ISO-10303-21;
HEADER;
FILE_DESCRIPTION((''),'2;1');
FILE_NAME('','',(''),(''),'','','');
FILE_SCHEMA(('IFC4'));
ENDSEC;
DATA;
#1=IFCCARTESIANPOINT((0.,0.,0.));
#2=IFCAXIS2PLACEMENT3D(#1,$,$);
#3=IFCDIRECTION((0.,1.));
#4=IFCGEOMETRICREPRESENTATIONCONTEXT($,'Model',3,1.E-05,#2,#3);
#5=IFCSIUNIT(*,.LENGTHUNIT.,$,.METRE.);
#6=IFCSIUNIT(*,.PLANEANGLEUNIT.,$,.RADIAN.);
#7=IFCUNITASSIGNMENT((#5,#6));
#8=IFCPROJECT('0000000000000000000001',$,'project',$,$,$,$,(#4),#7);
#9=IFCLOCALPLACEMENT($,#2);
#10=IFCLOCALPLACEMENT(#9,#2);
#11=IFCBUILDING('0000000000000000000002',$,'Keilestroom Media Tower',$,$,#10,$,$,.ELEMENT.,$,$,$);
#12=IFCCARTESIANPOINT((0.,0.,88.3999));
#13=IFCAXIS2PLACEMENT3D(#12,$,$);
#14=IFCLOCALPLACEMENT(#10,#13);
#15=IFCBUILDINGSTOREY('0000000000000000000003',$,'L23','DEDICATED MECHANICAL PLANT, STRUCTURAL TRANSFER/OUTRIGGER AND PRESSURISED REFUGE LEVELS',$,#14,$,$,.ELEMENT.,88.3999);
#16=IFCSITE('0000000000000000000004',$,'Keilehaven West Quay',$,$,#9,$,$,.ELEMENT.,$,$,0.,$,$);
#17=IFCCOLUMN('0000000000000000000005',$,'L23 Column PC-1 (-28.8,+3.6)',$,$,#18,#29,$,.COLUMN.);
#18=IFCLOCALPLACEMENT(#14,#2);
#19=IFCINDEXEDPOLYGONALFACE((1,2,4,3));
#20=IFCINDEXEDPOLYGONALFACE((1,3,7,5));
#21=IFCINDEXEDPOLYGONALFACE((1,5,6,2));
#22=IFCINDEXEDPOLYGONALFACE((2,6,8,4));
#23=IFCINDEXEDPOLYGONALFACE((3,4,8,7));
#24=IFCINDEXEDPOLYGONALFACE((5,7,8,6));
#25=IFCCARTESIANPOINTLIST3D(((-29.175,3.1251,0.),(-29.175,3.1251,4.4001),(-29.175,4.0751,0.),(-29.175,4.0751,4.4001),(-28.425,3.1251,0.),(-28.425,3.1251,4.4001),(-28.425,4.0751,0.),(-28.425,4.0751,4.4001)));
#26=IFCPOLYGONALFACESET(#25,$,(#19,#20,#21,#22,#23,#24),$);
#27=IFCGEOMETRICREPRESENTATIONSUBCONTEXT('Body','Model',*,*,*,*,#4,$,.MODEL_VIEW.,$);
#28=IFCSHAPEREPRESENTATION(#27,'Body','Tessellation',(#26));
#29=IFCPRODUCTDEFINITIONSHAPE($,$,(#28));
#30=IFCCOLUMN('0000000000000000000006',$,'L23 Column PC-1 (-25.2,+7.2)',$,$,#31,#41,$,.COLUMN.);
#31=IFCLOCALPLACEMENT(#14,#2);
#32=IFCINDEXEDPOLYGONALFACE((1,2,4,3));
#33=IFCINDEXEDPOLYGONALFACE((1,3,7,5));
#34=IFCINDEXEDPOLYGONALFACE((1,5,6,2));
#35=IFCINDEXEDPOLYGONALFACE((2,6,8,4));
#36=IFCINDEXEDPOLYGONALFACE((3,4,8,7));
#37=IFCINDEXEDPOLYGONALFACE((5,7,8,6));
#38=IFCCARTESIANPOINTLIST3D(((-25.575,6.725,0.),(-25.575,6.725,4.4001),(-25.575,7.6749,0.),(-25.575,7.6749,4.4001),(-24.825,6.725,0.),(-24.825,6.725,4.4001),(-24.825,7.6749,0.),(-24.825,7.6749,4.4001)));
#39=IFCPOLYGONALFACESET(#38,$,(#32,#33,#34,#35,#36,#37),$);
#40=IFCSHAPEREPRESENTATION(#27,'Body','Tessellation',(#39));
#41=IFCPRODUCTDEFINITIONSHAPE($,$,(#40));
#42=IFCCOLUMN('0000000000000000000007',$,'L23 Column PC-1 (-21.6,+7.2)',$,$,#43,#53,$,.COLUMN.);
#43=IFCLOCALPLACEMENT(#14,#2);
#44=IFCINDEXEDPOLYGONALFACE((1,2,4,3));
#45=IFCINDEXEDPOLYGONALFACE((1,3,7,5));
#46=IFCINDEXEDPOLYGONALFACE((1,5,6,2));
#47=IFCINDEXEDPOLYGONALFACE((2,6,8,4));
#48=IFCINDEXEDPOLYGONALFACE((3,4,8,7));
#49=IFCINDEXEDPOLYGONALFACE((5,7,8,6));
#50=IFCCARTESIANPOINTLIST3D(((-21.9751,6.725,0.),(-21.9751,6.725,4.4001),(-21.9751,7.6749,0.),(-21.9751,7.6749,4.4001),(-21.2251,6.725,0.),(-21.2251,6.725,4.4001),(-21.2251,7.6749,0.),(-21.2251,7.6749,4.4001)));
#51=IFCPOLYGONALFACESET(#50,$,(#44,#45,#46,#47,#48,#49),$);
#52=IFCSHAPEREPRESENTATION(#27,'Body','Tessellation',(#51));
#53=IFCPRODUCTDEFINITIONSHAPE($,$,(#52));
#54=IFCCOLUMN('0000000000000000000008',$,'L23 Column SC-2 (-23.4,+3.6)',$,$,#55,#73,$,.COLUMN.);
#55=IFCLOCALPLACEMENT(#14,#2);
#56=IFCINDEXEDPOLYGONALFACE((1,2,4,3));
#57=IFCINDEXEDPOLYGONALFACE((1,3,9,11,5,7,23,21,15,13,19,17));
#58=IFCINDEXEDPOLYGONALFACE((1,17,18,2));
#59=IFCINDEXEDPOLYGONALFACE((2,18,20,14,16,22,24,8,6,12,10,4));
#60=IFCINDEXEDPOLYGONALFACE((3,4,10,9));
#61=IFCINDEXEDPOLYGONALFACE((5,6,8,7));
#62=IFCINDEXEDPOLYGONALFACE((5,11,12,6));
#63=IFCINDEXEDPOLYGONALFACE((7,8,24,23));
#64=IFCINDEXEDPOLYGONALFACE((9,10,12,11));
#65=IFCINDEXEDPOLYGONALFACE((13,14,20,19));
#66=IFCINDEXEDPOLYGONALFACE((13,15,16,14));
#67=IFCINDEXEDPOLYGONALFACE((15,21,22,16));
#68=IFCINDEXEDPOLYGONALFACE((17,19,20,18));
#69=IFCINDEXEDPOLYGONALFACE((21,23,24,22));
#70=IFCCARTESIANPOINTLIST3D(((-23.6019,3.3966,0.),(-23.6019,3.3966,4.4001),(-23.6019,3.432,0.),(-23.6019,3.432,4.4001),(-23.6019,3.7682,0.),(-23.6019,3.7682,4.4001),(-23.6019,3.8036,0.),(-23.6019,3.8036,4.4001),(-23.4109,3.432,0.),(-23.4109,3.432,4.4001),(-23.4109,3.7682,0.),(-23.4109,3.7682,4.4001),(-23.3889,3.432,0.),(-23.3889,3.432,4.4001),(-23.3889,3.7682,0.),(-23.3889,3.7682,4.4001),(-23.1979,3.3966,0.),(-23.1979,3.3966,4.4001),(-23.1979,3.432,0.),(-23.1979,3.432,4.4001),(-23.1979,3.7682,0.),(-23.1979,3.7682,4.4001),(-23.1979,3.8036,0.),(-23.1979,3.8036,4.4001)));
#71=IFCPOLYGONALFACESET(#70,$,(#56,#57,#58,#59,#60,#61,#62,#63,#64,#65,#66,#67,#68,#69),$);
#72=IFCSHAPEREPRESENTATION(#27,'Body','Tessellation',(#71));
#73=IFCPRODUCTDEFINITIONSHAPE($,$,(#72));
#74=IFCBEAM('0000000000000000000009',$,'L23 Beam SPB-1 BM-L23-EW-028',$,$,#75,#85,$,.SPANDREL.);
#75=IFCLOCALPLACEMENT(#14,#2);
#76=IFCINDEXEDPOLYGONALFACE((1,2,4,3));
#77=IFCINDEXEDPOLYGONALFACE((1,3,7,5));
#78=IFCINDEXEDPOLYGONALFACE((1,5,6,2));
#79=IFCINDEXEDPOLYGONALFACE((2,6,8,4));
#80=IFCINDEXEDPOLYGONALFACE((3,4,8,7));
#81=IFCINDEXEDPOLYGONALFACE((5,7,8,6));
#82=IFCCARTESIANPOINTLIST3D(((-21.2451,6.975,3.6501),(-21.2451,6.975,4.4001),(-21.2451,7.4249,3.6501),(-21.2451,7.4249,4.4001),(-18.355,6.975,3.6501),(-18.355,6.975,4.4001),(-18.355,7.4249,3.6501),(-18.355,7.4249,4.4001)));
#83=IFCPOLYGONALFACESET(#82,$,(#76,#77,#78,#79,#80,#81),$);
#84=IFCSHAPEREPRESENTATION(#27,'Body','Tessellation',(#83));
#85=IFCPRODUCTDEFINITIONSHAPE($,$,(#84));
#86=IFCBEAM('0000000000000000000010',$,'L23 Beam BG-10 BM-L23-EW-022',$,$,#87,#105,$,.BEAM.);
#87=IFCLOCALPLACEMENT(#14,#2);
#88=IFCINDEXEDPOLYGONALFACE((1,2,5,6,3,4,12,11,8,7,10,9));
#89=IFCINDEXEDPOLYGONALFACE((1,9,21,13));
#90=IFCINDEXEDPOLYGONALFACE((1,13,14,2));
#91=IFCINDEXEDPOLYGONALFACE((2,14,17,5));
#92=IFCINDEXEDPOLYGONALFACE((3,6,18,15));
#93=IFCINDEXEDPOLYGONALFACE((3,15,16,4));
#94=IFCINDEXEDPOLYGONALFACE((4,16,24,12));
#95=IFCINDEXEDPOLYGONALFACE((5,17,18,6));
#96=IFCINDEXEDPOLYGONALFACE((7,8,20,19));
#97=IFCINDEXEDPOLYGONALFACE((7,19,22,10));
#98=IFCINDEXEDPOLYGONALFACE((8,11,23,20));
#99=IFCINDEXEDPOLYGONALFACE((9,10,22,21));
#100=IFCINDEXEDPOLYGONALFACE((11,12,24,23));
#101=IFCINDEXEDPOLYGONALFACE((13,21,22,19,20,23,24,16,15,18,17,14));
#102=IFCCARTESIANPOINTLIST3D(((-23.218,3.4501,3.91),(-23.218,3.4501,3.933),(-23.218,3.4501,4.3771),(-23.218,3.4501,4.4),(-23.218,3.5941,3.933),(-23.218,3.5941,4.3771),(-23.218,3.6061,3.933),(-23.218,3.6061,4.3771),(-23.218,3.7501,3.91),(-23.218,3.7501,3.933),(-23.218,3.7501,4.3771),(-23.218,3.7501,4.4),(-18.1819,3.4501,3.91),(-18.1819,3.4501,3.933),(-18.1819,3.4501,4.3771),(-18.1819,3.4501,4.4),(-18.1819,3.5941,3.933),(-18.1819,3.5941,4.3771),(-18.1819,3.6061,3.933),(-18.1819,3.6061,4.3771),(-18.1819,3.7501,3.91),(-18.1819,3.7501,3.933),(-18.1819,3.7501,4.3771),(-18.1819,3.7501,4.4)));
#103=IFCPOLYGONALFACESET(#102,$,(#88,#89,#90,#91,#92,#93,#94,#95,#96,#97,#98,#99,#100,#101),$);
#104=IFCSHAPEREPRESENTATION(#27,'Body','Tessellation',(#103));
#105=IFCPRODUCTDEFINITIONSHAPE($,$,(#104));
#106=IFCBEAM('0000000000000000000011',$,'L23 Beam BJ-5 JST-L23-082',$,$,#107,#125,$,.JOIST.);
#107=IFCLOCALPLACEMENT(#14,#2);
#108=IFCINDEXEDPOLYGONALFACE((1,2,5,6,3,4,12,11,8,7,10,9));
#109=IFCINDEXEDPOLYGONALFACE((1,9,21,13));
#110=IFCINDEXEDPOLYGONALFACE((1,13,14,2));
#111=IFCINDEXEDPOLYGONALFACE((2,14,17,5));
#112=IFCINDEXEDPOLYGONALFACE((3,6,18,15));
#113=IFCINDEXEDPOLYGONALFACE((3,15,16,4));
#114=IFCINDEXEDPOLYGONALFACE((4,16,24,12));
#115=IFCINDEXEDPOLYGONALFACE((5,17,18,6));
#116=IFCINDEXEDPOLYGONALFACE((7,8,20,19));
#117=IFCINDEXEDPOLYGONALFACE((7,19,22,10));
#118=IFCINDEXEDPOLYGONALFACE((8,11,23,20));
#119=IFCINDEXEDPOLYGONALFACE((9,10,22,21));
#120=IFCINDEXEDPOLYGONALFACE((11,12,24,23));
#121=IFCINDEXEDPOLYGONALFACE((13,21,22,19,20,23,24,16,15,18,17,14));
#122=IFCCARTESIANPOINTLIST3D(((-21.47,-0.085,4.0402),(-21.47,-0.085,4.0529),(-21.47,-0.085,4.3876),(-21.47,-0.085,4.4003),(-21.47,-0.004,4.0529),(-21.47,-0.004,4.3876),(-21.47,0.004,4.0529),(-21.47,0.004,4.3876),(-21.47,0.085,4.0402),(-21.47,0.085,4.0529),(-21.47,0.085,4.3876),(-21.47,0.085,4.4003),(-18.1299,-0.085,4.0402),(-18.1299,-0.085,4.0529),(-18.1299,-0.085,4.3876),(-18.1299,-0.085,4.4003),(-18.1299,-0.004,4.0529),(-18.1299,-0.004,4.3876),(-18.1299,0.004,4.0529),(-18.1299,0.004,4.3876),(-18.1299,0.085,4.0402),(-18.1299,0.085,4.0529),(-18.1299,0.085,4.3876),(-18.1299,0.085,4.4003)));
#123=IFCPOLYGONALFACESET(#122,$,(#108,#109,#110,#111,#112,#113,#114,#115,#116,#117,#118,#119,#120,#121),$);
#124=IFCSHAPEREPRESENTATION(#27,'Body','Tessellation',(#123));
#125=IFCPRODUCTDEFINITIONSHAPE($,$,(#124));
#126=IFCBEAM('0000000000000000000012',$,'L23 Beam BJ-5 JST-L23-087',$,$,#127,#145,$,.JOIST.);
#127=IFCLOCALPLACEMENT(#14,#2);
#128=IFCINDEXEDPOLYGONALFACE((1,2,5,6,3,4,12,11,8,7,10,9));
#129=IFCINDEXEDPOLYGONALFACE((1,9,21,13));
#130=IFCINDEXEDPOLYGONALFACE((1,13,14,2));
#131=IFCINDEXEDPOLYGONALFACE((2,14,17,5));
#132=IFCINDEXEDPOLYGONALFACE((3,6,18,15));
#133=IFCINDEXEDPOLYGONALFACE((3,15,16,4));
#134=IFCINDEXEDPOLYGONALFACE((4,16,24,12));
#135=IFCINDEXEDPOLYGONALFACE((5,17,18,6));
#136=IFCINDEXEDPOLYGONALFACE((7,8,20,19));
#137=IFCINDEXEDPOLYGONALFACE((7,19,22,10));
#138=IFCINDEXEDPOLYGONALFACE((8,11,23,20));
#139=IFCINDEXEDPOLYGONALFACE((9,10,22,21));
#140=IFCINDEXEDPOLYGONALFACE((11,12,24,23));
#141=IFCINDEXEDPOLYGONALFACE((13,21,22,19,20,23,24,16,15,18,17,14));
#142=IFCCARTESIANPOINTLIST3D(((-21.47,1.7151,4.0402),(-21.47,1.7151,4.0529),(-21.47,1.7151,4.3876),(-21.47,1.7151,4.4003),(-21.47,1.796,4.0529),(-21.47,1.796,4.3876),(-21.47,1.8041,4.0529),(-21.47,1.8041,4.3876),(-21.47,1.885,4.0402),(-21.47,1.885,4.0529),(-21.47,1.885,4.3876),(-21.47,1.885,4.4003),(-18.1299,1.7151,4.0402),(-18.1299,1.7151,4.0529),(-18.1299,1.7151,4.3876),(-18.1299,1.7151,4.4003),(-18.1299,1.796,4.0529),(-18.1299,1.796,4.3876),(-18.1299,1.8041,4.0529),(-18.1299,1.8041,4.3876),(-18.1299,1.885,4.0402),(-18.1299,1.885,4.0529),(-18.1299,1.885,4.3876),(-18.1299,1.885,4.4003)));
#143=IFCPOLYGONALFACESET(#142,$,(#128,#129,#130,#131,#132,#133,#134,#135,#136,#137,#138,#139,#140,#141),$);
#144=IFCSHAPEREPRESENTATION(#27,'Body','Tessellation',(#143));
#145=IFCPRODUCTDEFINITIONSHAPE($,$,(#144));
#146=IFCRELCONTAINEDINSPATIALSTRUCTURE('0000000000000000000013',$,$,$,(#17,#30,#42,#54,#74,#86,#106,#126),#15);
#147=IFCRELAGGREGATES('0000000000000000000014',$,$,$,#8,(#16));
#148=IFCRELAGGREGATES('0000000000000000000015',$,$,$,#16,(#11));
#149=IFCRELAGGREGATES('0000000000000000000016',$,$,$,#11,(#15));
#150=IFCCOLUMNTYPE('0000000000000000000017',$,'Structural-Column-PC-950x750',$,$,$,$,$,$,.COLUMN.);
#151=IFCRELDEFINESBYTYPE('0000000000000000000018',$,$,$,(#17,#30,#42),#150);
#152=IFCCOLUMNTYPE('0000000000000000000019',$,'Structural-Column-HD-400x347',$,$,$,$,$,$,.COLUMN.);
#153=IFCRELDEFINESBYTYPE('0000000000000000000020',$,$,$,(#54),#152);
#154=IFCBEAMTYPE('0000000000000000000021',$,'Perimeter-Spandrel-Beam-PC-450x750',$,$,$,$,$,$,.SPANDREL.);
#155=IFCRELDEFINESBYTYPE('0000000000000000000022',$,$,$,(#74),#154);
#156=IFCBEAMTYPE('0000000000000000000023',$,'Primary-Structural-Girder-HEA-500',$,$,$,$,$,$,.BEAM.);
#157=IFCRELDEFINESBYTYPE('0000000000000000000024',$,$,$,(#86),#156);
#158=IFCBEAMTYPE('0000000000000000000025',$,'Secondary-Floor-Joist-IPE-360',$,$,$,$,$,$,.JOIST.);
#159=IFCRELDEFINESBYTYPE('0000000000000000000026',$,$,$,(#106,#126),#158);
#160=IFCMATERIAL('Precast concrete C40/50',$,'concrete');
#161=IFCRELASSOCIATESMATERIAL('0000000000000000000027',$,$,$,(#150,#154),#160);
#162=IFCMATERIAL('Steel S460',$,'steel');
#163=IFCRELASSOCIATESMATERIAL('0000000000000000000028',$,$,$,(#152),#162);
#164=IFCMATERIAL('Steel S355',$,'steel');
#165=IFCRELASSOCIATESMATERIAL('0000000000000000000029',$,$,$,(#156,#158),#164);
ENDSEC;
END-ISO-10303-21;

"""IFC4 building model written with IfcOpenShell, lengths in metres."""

from ifc_helpers import new_model, si_unit, direction, frame, origin, origin_2d, place, context, subcontext, project, spatial, rectangle, i_section, extrude, source, transform, mapped, material, material_profile, profile_set, type_object, element, save


model = new_model("IFC4")

# Units and contexts
model_context = context("Model", 3, precision=1e-05, world=origin(), true_north=direction((0.0, 1.0)))
body_context = subcontext(model_context, "Body", "Model", "MODEL_VIEW")
ifc_project = project(units=[si_unit("LENGTHUNIT", "METRE"), si_unit("PLANEANGLEUNIT", "RADIAN")], contexts=[model_context])

# Site, building, storey
site_placement = place(None, origin())
site = spatial("IfcSite", under=ifc_project, at=site_placement, Name="Keilehaven West Quay", CompositionType="ELEMENT", RefElevation=0.0)
building_placement = place(site_placement, origin())
building = spatial("IfcBuilding", under=site, at=building_placement, Name="Keilestroom Media Tower", CompositionType="ELEMENT")
storey_placement = place(building_placement, frame((0.0, 0.0, 88.3999)))
storey = spatial("IfcBuildingStorey", under=building, at=storey_placement, Name="L23", Description="DEDICATED MECHANICAL PLANT, STRUCTURAL TRANSFER/OUTRIGGER AND PRESSURISED REFUGE LEVELS", CompositionType="ELEMENT", Elevation=88.3999)

# Columns
ifc_material_1 = material(Name="Precast concrete C40/50", Category="concrete")
ifc_material_profile_1 = material_profile(ifc_material_1, rectangle(XDim=0.75, YDim=0.95, at=origin_2d()), Name="PC 950x750")
ifc_profile_set_1 = profile_set([ifc_material_profile_1], Name="Precast concrete C40/50")
column_type_1 = type_object("IfcColumnType", Name="Structural-Column-PC-950x750", PredefinedType="COLUMN", material=ifc_profile_set_1)
shared_shape_1 = source(origin(), body_context, "Body", "SweptSolid", [
    extrude(rectangle(XDim=0.75, YDim=0.95, at=origin_2d()), origin(), (0.0, 0.0, 1.0), 4.4001),
])
for number, where, z_axis, x_axis, name in (
    (1, (-28.8, 3.6001, 0.0), (0.0, 0.0, 1.0), (1.0, 0.0, 0.0), "L23 Column PC-1 (-28.8,+3.6)"),
    (2, (-25.2, 7.2, 0.0), (0.0, 0.0, 1.0), (1.0, 0.0, 0.0), "L23 Column PC-1 (-25.2,+7.2)"),
    (3, (-21.6001, 7.2, 0.0), (0.0, 0.0, 1.0), (1.0, 0.0, 0.0), "L23 Column PC-1 (-21.6,+7.2)"),
):
    element("IfcColumn", number, at=place(storey_placement, frame(where, z_axis=z_axis, x_axis=x_axis)), inside=storey, type_object=column_type_1, Name=name, PredefinedType="COLUMN", context=body_context, shape_type="MappedRepresentation", body=[
        mapped(shared_shape_1, transform((0.0, 0.0, 0.0), x_axis=(1.0, 0.0, 0.0), y_axis=(0.0, 1.0, 0.0), z_axis=(0.0, 0.0, 1.0), scale=1.0)),
    ])
ifc_material_2 = material(Name="Steel S460", Category="steel")
ifc_material_profile_2 = material_profile(ifc_material_2, i_section(OverallWidth=0.4041, OverallDepth=0.407, WebThickness=0.022, FlangeThickness=0.0354, at=origin_2d()), Name="HD 400x347")
ifc_profile_set_2 = profile_set([ifc_material_profile_2], Name="Steel S460")
column_type_2 = type_object("IfcColumnType", Name="Structural-Column-HD-400x347", PredefinedType="COLUMN", material=ifc_profile_set_2)
shared_shape_2 = source(origin(), body_context, "Body", "SweptSolid", [
    extrude(i_section(OverallWidth=0.4041, OverallDepth=0.407, WebThickness=0.022, FlangeThickness=0.0354, at=origin_2d()), origin(), (0.0, 0.0, 1.0), 4.4001),
])
column_placement = place(storey_placement, frame((-23.3999, 3.6001, 0.0), z_axis=(0.0, 0.0, 1.0), x_axis=(1.0, 0.0, 0.0)))
element("IfcColumn", 4, at=column_placement, inside=storey, type_object=column_type_2, Name="L23 Column SC-2 (-23.4,+3.6)", PredefinedType="COLUMN", context=body_context, shape_type="MappedRepresentation", body=[
    mapped(shared_shape_2, transform((0.0, 0.0, 0.0), x_axis=(1.0, 0.0, 0.0), y_axis=(0.0, 1.0, 0.0), z_axis=(0.0, 0.0, 1.0), scale=1.0)),
])

# Beams
ifc_material_profile_3 = material_profile(ifc_material_1, rectangle(XDim=0.45, YDim=0.75, at=origin_2d()), Name="PC 450x750")
ifc_profile_set_3 = profile_set([ifc_material_profile_3], Name="Precast concrete C40/50")
beam_type_1 = type_object("IfcBeamType", Name="Perimeter-Spandrel-Beam-PC-450x750", PredefinedType="SPANDREL", material=ifc_profile_set_3)
shared_shape_3 = source(origin(), body_context, "Body", "SweptSolid", [
    extrude(rectangle(XDim=0.45, YDim=0.75, at=origin_2d()), origin(), (0.0, 0.0, 1.0), 2.8901),
])
beam_1_placement = place(storey_placement, frame((-21.2451, 7.2, 4.0251), z_axis=(1.0, 0.0, 0.0), x_axis=(0.0, 1.0, 0.0)))
element("IfcBeam", 5, at=beam_1_placement, inside=storey, type_object=beam_type_1, Name="L23 Beam SPB-1 BM-L23-EW-028", PredefinedType="SPANDREL", context=body_context, shape_type="MappedRepresentation", body=[
    mapped(shared_shape_3, transform((0.0, 0.0, 0.0), x_axis=(1.0, 0.0, 0.0), y_axis=(0.0, 1.0, 0.0), z_axis=(0.0, 0.0, 1.0), scale=1.0)),
])
ifc_material_3 = material(Name="Steel S355", Category="steel")
ifc_material_profile_4 = material_profile(ifc_material_3, i_section(OverallWidth=0.3, OverallDepth=0.49, WebThickness=0.012, FlangeThickness=0.0229, at=origin_2d()), Name="HEA 500")
ifc_profile_set_4 = profile_set([ifc_material_profile_4], Name="Steel S355")
beam_type_2 = type_object("IfcBeamType", Name="Primary-Structural-Girder-HEA-500", PredefinedType="BEAM", material=ifc_profile_set_4)
shared_shape_4 = source(origin(), body_context, "Body", "SweptSolid", [
    extrude(i_section(OverallWidth=0.3, OverallDepth=0.49, WebThickness=0.012, FlangeThickness=0.0229, at=origin_2d()), origin(), (0.0, 0.0, 1.0), 5.0361),
])
beam_2_placement = place(storey_placement, frame((-23.218, 3.6001, 4.155), z_axis=(1.0, 0.0, 0.0), x_axis=(0.0, 1.0, 0.0)))
element("IfcBeam", 6, at=beam_2_placement, inside=storey, type_object=beam_type_2, Name="L23 Beam BG-10 BM-L23-EW-022", PredefinedType="BEAM", context=body_context, shape_type="MappedRepresentation", body=[
    mapped(shared_shape_4, transform((0.0, 0.0, 0.0), x_axis=(1.0, 0.0, 0.0), y_axis=(0.0, 1.0, 0.0), z_axis=(0.0, 0.0, 1.0), scale=1.0)),
])
ifc_material_profile_5 = material_profile(ifc_material_3, i_section(OverallWidth=0.1699, OverallDepth=0.3601, WebThickness=0.0081, FlangeThickness=0.0127, at=origin_2d()), Name="IPE 360")
ifc_profile_set_5 = profile_set([ifc_material_profile_5], Name="Steel S355")
beam_type_3 = type_object("IfcBeamType", Name="Secondary-Floor-Joist-IPE-360", PredefinedType="JOIST", material=ifc_profile_set_5)
shared_shape_5 = source(origin(), body_context, "Body", "SweptSolid", [
    extrude(i_section(OverallWidth=0.1699, OverallDepth=0.3601, WebThickness=0.0081, FlangeThickness=0.0127, at=origin_2d()), origin(), (0.0, 0.0, 1.0), 3.3401),
])
for number, where, z_axis, x_axis, name in (
    (7, (-21.47, 0.0, 4.2202), (1.0, 0.0, 0.0), (0.0, 1.0, 0.0), "L23 Beam BJ-5 JST-L23-082"),
    (8, (-21.47, 1.8, 4.2202), (1.0, 0.0, 0.0), (0.0, 1.0, 0.0), "L23 Beam BJ-5 JST-L23-087"),
):
    element("IfcBeam", number, at=place(storey_placement, frame(where, z_axis=z_axis, x_axis=x_axis)), inside=storey, type_object=beam_type_3, Name=name, PredefinedType="JOIST", context=body_context, shape_type="MappedRepresentation", body=[
        mapped(shared_shape_5, transform((0.0, 0.0, 0.0), x_axis=(1.0, 0.0, 0.0), y_axis=(0.0, 1.0, 0.0), z_axis=(0.0, 0.0, 1.0), scale=1.0)),
    ])

save(model, "model.ifc")
